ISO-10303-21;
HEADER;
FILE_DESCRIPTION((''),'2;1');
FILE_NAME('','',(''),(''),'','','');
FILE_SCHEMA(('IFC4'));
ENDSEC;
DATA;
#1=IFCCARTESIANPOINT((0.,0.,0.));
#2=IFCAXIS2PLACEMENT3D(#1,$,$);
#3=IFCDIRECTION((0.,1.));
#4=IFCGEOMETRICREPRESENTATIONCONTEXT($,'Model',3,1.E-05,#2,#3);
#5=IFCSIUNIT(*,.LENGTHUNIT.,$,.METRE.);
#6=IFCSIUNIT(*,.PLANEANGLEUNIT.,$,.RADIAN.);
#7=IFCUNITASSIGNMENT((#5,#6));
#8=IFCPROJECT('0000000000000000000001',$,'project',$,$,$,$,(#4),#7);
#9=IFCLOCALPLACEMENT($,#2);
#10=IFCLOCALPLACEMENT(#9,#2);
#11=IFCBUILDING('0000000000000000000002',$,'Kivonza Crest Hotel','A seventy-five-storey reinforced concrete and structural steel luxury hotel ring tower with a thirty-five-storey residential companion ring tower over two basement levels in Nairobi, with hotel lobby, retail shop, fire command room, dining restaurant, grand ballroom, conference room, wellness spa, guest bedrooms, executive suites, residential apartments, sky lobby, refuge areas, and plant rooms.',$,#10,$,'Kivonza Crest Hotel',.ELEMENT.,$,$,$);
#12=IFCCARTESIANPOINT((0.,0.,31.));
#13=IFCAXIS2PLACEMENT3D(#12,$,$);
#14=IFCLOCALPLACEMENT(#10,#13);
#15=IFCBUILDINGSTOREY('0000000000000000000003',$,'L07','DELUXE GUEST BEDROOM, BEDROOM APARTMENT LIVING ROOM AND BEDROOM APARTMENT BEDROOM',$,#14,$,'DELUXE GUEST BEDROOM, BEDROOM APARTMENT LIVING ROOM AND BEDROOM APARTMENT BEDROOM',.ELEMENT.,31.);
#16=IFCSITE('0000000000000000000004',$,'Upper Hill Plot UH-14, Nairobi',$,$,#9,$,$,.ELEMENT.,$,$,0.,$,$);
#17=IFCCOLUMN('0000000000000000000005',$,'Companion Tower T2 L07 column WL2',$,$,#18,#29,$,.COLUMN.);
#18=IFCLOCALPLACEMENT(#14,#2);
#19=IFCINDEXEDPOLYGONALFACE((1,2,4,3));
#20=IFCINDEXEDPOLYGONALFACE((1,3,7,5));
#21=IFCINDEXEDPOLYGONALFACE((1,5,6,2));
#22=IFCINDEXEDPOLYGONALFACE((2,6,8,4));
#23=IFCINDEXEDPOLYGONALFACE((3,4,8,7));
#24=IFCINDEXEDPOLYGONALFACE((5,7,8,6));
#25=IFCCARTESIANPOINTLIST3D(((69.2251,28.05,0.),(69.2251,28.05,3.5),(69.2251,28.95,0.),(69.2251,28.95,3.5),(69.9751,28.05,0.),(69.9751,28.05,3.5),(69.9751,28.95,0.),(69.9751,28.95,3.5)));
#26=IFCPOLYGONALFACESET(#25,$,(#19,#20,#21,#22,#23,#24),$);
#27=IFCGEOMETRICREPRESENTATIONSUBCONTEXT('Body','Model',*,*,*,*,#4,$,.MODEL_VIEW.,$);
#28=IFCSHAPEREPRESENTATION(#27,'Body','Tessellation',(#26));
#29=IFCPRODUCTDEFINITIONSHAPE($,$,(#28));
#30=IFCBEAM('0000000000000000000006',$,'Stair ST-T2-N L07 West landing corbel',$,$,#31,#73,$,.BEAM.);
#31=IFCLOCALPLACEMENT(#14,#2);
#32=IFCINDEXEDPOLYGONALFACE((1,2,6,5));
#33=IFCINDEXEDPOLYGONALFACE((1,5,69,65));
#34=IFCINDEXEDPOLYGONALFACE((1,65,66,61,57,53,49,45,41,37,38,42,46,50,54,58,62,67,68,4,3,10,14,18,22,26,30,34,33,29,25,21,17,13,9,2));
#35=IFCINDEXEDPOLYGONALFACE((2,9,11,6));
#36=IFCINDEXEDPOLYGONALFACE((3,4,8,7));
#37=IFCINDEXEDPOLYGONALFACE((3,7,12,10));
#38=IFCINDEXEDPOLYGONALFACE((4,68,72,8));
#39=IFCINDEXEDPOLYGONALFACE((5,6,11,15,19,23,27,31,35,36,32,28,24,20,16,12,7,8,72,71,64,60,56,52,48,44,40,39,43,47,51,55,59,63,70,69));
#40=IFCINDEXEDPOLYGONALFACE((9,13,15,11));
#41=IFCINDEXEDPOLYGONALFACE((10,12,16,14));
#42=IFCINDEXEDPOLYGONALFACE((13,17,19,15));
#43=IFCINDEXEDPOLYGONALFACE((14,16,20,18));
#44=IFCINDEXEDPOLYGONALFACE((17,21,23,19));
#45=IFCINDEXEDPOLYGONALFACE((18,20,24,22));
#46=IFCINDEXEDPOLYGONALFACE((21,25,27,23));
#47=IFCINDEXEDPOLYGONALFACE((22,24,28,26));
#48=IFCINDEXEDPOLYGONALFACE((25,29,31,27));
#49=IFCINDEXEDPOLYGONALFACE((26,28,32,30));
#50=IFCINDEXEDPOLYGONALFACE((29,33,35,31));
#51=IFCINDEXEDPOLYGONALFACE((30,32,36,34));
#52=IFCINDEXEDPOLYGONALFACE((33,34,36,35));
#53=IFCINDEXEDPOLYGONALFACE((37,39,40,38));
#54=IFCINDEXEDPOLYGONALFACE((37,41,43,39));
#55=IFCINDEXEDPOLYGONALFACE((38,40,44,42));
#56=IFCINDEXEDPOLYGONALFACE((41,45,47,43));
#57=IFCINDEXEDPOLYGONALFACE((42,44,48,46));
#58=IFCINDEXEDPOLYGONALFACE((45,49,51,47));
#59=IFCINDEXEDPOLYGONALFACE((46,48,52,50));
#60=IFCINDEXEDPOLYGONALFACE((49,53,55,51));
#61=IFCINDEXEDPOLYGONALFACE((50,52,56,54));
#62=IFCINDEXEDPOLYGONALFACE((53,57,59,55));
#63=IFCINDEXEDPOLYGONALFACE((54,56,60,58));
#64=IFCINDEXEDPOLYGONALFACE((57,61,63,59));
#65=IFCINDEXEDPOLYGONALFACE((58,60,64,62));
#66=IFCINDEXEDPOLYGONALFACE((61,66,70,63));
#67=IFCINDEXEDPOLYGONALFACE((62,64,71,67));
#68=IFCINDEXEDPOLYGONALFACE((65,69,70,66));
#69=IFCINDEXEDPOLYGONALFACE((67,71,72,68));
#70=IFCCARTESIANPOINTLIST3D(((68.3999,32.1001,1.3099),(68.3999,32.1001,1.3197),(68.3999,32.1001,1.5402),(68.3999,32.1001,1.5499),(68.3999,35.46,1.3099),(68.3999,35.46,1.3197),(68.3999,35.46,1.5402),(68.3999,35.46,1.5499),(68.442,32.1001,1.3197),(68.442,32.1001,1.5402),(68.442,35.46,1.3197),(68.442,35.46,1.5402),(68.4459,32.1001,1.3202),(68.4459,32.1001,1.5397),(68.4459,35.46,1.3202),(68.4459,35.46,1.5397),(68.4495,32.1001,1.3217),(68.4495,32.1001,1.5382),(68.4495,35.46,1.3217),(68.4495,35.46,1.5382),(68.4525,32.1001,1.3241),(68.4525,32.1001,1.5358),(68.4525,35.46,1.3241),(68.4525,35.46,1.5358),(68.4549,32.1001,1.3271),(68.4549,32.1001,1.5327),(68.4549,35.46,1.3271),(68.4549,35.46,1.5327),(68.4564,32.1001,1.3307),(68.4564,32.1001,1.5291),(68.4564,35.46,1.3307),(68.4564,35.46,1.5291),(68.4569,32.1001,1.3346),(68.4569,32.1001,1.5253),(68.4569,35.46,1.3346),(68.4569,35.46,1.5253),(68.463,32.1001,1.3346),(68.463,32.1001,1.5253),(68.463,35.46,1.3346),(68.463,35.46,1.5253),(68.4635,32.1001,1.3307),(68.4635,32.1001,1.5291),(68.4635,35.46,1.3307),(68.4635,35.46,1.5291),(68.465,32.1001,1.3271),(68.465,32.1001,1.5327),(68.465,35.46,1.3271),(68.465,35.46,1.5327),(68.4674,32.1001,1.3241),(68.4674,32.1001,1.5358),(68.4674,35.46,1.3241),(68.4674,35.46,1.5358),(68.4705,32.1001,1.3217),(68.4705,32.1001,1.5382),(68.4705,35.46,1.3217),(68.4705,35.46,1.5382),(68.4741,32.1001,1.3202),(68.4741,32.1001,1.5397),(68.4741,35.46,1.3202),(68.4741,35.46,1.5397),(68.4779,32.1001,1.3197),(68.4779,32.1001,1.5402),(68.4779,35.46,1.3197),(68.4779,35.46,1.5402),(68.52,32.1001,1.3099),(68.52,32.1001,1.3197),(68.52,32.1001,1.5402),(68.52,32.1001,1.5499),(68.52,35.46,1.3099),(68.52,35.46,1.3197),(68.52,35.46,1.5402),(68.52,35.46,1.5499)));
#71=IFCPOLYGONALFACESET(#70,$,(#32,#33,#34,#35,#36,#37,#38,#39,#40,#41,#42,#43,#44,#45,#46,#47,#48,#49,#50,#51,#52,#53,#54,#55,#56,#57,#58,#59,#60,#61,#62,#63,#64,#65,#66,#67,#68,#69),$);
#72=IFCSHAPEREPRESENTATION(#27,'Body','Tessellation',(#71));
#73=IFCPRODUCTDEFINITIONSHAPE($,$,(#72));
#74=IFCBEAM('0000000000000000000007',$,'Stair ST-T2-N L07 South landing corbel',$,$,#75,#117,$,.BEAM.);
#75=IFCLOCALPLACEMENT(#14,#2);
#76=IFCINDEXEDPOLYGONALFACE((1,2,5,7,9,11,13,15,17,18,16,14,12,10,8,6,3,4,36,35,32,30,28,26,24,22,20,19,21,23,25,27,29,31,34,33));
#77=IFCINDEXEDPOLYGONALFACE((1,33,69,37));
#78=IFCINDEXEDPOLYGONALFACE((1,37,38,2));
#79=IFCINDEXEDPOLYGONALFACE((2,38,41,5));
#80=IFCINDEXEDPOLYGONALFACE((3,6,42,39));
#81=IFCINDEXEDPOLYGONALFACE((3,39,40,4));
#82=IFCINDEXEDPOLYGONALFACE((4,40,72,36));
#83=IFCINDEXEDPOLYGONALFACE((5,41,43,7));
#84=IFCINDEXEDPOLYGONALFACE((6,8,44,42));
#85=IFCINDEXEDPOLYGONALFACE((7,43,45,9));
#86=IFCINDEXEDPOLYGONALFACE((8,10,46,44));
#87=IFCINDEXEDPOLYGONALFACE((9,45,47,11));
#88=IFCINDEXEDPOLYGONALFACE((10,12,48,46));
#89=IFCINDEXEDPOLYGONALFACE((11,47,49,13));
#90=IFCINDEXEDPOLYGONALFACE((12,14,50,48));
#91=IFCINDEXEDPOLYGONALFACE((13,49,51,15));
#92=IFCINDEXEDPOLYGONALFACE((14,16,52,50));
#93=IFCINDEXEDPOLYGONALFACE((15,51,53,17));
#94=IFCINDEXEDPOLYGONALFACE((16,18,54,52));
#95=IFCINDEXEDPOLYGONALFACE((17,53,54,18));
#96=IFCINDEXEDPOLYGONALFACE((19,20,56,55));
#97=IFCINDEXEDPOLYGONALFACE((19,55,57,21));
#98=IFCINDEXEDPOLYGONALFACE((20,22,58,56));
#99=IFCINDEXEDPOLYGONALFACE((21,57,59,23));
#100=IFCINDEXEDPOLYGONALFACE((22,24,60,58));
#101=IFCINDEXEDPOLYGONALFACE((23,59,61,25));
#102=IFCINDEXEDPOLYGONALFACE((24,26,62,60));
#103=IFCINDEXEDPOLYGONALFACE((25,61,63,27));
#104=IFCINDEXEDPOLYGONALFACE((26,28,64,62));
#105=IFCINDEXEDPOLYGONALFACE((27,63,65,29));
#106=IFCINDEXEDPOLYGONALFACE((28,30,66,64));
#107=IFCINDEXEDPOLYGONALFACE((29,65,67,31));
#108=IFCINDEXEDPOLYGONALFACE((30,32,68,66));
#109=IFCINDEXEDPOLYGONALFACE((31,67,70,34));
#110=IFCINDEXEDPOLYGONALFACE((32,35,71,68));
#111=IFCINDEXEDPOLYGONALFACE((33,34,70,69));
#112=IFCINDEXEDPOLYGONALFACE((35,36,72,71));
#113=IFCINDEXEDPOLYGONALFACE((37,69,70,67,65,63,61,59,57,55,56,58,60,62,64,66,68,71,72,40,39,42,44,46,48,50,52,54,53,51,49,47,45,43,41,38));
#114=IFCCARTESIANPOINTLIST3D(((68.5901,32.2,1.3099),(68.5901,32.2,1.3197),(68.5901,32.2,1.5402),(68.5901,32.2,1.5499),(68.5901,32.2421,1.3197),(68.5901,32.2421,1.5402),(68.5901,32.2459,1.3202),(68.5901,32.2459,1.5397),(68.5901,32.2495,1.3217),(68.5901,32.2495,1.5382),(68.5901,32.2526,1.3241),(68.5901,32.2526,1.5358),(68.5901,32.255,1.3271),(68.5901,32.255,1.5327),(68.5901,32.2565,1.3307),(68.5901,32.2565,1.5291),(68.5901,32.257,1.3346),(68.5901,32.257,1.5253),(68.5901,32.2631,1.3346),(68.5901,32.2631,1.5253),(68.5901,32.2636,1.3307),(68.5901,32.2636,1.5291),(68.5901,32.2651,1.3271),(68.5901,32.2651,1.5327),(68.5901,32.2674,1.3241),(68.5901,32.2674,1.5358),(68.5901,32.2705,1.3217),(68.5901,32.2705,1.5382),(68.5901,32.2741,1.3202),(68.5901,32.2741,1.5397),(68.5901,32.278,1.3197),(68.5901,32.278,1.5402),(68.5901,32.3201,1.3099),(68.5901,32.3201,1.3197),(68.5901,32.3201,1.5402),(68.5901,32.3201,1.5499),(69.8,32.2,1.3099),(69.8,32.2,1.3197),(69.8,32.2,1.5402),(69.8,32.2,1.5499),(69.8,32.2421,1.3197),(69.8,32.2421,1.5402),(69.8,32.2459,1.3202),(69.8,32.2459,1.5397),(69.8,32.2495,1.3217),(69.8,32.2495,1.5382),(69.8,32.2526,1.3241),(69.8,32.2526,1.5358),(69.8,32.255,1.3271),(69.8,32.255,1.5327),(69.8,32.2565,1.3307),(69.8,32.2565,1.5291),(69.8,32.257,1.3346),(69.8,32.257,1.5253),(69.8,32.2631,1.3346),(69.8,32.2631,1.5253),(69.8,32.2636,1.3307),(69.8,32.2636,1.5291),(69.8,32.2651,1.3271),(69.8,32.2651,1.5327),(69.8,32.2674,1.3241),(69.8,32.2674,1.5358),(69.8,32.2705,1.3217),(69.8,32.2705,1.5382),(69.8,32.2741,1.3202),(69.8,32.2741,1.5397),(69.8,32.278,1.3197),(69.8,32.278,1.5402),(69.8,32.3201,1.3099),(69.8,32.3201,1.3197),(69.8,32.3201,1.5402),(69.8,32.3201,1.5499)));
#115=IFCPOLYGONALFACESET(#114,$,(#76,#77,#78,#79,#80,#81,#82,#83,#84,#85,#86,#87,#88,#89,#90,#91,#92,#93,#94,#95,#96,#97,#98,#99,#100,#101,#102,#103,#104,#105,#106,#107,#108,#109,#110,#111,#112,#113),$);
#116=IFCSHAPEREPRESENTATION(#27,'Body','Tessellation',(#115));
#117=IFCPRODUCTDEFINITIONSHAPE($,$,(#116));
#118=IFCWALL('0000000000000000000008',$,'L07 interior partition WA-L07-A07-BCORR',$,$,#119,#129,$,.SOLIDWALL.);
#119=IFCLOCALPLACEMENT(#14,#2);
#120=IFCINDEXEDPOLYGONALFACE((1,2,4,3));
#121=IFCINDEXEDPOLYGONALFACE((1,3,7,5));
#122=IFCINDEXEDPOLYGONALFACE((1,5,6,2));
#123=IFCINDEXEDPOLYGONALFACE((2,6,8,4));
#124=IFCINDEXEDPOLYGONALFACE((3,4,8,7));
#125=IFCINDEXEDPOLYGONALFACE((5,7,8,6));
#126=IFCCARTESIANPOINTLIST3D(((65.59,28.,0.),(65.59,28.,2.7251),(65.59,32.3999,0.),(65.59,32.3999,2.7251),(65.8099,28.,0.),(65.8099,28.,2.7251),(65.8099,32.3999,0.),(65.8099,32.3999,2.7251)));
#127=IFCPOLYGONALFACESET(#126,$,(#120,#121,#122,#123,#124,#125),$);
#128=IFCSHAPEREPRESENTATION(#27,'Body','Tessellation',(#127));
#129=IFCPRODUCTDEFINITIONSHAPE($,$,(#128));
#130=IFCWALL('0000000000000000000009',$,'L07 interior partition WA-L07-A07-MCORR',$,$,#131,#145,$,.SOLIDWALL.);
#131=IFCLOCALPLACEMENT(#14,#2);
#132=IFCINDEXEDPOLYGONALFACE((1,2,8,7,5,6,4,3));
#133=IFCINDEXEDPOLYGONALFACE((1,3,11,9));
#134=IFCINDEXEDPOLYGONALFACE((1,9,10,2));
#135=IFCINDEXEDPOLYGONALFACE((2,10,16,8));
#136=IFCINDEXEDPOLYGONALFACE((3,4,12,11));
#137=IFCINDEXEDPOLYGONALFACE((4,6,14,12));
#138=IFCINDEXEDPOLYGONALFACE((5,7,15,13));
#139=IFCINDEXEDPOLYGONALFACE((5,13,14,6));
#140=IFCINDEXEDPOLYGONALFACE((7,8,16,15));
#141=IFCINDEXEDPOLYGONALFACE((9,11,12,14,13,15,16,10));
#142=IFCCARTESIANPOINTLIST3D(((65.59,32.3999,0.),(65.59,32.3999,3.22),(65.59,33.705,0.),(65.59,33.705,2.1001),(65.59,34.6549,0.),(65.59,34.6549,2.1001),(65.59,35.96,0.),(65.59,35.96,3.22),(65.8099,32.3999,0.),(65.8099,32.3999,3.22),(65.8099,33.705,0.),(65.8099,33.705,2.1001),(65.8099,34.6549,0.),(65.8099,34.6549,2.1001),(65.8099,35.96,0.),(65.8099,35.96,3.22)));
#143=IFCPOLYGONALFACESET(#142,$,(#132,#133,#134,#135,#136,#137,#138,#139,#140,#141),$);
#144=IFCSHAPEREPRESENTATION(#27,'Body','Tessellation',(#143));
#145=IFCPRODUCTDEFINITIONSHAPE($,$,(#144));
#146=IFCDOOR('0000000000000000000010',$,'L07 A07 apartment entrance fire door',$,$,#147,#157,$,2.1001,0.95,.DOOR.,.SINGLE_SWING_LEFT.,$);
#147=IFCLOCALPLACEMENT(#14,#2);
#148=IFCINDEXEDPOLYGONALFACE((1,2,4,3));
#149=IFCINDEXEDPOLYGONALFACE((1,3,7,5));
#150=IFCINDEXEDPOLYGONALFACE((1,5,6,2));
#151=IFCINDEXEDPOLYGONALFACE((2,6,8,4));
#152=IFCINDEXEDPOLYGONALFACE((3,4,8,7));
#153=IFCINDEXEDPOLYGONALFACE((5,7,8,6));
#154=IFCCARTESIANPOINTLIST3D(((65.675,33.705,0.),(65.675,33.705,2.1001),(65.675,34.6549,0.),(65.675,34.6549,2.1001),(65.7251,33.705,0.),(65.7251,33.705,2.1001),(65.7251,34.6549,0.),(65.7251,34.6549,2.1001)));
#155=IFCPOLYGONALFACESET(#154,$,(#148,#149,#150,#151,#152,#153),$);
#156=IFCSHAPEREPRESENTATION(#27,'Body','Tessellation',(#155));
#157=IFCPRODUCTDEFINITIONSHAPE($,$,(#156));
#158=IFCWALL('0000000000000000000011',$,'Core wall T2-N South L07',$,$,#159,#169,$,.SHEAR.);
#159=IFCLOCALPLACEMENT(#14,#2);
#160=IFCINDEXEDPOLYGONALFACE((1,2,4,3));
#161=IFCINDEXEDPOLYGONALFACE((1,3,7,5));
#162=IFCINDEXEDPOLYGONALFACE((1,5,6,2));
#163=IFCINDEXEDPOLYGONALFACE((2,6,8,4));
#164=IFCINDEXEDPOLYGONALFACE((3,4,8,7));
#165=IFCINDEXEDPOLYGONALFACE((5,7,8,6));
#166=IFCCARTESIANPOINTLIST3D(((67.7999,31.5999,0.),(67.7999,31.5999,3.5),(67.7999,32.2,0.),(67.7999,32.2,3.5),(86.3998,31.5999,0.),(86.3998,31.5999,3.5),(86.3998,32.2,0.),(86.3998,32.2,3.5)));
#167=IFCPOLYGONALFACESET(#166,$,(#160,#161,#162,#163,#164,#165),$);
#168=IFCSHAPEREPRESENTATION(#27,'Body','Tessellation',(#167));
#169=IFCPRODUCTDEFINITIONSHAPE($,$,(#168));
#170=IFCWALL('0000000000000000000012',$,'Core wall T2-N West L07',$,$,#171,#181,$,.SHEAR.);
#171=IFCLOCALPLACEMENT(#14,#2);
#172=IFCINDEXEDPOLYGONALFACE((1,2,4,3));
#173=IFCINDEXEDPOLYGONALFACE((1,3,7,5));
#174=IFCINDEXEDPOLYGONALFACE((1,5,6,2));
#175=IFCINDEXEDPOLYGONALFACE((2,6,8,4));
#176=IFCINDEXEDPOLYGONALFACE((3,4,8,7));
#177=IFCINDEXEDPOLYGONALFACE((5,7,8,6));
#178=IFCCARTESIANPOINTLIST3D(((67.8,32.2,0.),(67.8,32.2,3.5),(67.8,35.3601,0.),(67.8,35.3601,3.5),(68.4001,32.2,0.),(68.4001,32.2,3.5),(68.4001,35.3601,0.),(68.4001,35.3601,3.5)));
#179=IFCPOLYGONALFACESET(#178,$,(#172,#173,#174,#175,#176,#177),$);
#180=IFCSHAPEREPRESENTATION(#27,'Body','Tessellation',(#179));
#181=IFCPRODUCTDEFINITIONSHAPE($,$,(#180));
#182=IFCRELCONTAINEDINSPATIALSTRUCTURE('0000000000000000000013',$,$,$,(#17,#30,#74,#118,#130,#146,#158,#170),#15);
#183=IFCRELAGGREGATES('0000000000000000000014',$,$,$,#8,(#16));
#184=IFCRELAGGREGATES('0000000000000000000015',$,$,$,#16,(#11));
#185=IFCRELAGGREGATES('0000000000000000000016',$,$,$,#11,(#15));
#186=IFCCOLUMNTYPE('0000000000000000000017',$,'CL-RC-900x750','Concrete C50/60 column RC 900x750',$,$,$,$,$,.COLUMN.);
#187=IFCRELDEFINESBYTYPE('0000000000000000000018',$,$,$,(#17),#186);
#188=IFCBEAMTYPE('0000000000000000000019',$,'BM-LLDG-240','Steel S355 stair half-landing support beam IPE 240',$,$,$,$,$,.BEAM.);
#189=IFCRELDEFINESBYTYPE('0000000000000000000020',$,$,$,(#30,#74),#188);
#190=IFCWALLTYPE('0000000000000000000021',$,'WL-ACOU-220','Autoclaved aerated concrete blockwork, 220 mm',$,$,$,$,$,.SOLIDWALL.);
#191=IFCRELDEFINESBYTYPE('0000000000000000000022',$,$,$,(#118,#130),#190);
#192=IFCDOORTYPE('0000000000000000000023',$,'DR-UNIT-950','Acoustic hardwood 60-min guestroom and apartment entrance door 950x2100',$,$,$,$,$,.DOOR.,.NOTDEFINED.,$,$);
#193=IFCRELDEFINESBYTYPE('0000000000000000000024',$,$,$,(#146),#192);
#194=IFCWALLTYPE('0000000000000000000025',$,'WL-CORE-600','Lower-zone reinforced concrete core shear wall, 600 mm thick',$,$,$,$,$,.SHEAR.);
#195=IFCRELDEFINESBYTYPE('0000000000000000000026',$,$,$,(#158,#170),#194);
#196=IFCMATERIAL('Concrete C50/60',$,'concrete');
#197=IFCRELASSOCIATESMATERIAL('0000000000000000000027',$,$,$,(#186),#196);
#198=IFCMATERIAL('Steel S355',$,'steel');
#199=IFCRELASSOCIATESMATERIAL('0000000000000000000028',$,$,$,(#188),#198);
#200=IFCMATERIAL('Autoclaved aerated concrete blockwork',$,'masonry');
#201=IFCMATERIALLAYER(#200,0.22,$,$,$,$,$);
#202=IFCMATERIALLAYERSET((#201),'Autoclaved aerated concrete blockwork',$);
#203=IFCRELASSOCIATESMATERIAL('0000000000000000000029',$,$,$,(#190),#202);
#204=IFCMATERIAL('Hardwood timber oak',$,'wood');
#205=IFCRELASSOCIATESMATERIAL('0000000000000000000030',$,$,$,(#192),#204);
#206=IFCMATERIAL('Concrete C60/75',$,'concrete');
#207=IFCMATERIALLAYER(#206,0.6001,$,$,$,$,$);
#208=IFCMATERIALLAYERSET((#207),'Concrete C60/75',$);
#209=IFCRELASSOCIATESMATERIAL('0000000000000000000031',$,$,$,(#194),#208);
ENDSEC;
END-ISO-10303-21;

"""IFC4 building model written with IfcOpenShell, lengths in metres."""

from ifc_helpers import new_model, si_unit, direction, frame, frame_2d, origin, origin_2d, place, context, subcontext, project, spatial, rectangle, i_section, extrude, material, layer, layer_set, material_profile, profile_set, type_object, element, fill, save


model = new_model("IFC4")

# Units and contexts
model_context = context("Model", 3, precision=1e-05, world=origin(), true_north=direction((0.0, 1.0)))
body_context = subcontext(model_context, "Body", "Model", "MODEL_VIEW")
ifc_project = project(units=[si_unit("LENGTHUNIT", "METRE"), si_unit("PLANEANGLEUNIT", "RADIAN")], contexts=[model_context])

# Site, building, storey
site_placement = place(None, origin())
site = spatial("IfcSite", under=ifc_project, at=site_placement, Name="Upper Hill Plot UH-14, Nairobi", CompositionType="ELEMENT", RefElevation=0.0)
building_placement = place(site_placement, origin())
building = spatial("IfcBuilding", under=site, at=building_placement, Name="Kivonza Crest Hotel", Description="A seventy-five-storey reinforced concrete and structural steel luxury hotel ring tower with a thirty-five-storey residential companion ring tower over two basement levels in Nairobi, with hotel lobby, retail shop, fire command room, dining restaurant, grand ballroom, conference room, wellness spa, guest bedrooms, executive suites, residential apartments, sky lobby, refuge areas, and plant rooms.", LongName="Kivonza Crest Hotel", CompositionType="ELEMENT")
storey_placement = place(building_placement, frame((0.0, 0.0, 31.0)))
storey = spatial("IfcBuildingStorey", under=building, at=storey_placement, Name="L07", Description="DELUXE GUEST BEDROOM, BEDROOM APARTMENT LIVING ROOM AND BEDROOM APARTMENT BEDROOM", LongName="DELUXE GUEST BEDROOM, BEDROOM APARTMENT LIVING ROOM AND BEDROOM APARTMENT BEDROOM", CompositionType="ELEMENT", Elevation=31.0)

# Column
ifc_material_1 = material(Name="Concrete C50/60", Category="concrete")
ifc_material_profile_1 = material_profile(ifc_material_1, rectangle(XDim=0.75, YDim=0.8999, at=origin_2d()), Name="RC 900x750")
ifc_profile_set_1 = profile_set([ifc_material_profile_1], Name="Concrete C50/60")
column_type = type_object("IfcColumnType", Name="CL-RC-900x750", Description="Concrete C50/60 column RC 900x750", PredefinedType="COLUMN", material=ifc_profile_set_1)
column_placement = place(storey_placement, frame((69.6001, 28.5, 0.0), z_axis=(0.0, 0.0, 1.0), x_axis=(1.0, 0.0, 0.0)))
element("IfcColumn", 1, at=column_placement, inside=storey, type_object=column_type, Name="Companion Tower T2 L07 column WL2", PredefinedType="COLUMN", context=body_context, shape_type="SweptSolid", body=[
    extrude(rectangle(XDim=0.75, YDim=0.8999, at=origin_2d()), origin(), (0.0, 0.0, 1.0), 3.5),
])

# Beams
ifc_material_2 = material(Name="Steel S355", Category="steel")
ifc_material_profile_2 = material_profile(ifc_material_2, i_section(OverallWidth=0.1201, OverallDepth=0.24, WebThickness=0.0061, FlangeThickness=0.0098, FilletRadius=0.0149, at=origin_2d()), Name="IPE 240")
ifc_profile_set_2 = profile_set([ifc_material_profile_2], Name="Steel S355")
beam_type = type_object("IfcBeamType", Name="BM-LLDG-240", Description="Steel S355 stair half-landing support beam IPE 240", PredefinedType="BEAM", material=ifc_profile_set_2)
beam_1_placement = place(storey_placement, frame((68.46, 32.1001, 1.4299), z_axis=(0.0, 1.0, 0.0), x_axis=(-1.0, 0.0, 0.0)))
element("IfcBeam", 2, at=beam_1_placement, inside=storey, type_object=beam_type, Name="Stair ST-T2-N L07 West landing corbel", PredefinedType="BEAM", context=body_context, shape_type="SweptSolid", body=[
    extrude(i_section(OverallWidth=0.1201, OverallDepth=0.24, WebThickness=0.0061, FlangeThickness=0.0098, FilletRadius=0.0149, at=origin_2d()), origin(), (0.0, 0.0, 1.0), 3.3599),
])
beam_2_placement = place(storey_placement, frame((68.5901, 32.26, 1.4299), z_axis=(1.0, 0.0, 0.0), x_axis=(0.0, 1.0, 0.0)))
element("IfcBeam", 3, at=beam_2_placement, inside=storey, type_object=beam_type, Name="Stair ST-T2-N L07 South landing corbel", PredefinedType="BEAM", context=body_context, shape_type="SweptSolid", body=[
    extrude(i_section(OverallWidth=0.1201, OverallDepth=0.24, WebThickness=0.0061, FlangeThickness=0.0098, FilletRadius=0.0149, at=origin_2d()), origin(), (0.0, 0.0, 1.0), 1.21),
])

# Wall
ifc_material_3 = material(Name="Autoclaved aerated concrete blockwork", Category="masonry")
ifc_layer_1 = layer(ifc_material_3, 0.22)
ifc_layer_set_1 = layer_set([ifc_layer_1], Name="Autoclaved aerated concrete blockwork")
wall_type_1 = type_object("IfcWallType", Name="WL-ACOU-220", Description="Autoclaved aerated concrete blockwork, 220 mm", PredefinedType="SOLIDWALL", material=ifc_layer_set_1)
wall_1_placement = place(storey_placement, frame((65.7, 28.0, 0.0), z_axis=(0.0, 0.0, 1.0), x_axis=(0.0, 1.0, 0.0)))
element("IfcWall", 4, at=wall_1_placement, inside=storey, type_object=wall_type_1, Name="L07 interior partition WA-L07-A07-BCORR", PredefinedType="SOLIDWALL", context=body_context, shape_type="SweptSolid", body=[
    extrude(rectangle(XDim=4.3999, YDim=0.22, at=frame_2d((2.2, 0.0))), origin(), (0.0, 0.0, 1.0), 2.7251),
])

# Wall, opening, door
wall_2_placement = place(storey_placement, frame((65.7, 32.3999, 0.0), z_axis=(0.0, 0.0, 1.0), x_axis=(0.0, 1.0, 0.0)))
wall_2 = element("IfcWall", 5, at=wall_2_placement, inside=storey, type_object=wall_type_1, Name="L07 interior partition WA-L07-A07-MCORR", PredefinedType="SOLIDWALL", context=body_context, shape_type="SweptSolid", body=[
    extrude(rectangle(XDim=3.5601, YDim=0.22, at=frame_2d((1.78, 0.0))), origin(), (0.0, 0.0, 1.0), 3.22),
])
opening_1_placement = place(wall_2_placement, frame((1.3049, 0.0, 0.0)))
opening_1 = element("IfcOpeningElement", 6, at=opening_1_placement, cuts=wall_2, PredefinedType="OPENING", context=body_context, shape_type="SweptSolid", body=[
    extrude(rectangle(XDim=0.95, YDim=2.1001, at=frame_2d((0.4751, 1.05))), frame((0.0, 0.1201, 0.0), z_axis=(0.0, -1.0, 0.0), x_axis=(1.0, 0.0, 0.0)), (0.0, 0.0, 1.0), 0.24),
])
ifc_material_4 = material(Name="Hardwood timber oak", Category="wood")
door_type_1 = type_object("IfcDoorType", Name="DR-UNIT-950", Description="Acoustic hardwood 60-min guestroom and apartment entrance door 950x2100", OperationType="NOTDEFINED", PredefinedType="DOOR", material=ifc_material_4)
door_1_placement = place(opening_1_placement, origin())
door_1 = element("IfcDoor", 7, at=door_1_placement, inside=storey, type_object=door_type_1, Name="L07 A07 apartment entrance fire door", OperationType="SINGLE_SWING_LEFT", OverallHeight=2.1001, OverallWidth=0.95, PredefinedType="DOOR", context=body_context, shape_type="SweptSolid", body=[
    extrude(rectangle(XDim=0.95, YDim=2.1001, at=frame_2d((0.4751, 1.05))), frame((0.0, 0.0249, 0.0), z_axis=(0.0, -1.0, 0.0), x_axis=(1.0, 0.0, 0.0)), (0.0, 0.0, 1.0), 0.05),
])
fill(opening_1, door_1)

# Walls
ifc_material_5 = material(Name="Concrete C60/75", Category="concrete")
ifc_layer_2 = layer(ifc_material_5, 0.6001)
ifc_layer_set_2 = layer_set([ifc_layer_2], Name="Concrete C60/75")
wall_type_2 = type_object("IfcWallType", Name="WL-CORE-600", Description="Lower-zone reinforced concrete core shear wall, 600 mm thick", PredefinedType="SHEAR", material=ifc_layer_set_2)
wall_3_placement = place(storey_placement, frame((67.8, 31.8999, 0.0), z_axis=(0.0, 0.0, 1.0), x_axis=(1.0, 0.0, 0.0)))
element("IfcWall", 8, at=wall_3_placement, inside=storey, type_object=wall_type_2, Name="Core wall T2-N South L07", PredefinedType="SHEAR", context=body_context, shape_type="SweptSolid", body=[
    extrude(rectangle(XDim=18.5999, YDim=0.6001, at=frame_2d((9.2998, 0.0))), origin(), (0.0, 0.0, 1.0), 3.5),
])
wall_4_placement = place(storey_placement, frame((68.1001, 32.2, 0.0), z_axis=(0.0, 0.0, 1.0), x_axis=(0.0, 1.0, 0.0)))
element("IfcWall", 9, at=wall_4_placement, inside=storey, type_object=wall_type_2, Name="Core wall T2-N West L07", PredefinedType="SHEAR", context=body_context, shape_type="SweptSolid", body=[
    extrude(rectangle(XDim=3.1602, YDim=0.6001, at=frame_2d((1.5801, 0.0))), origin(), (0.0, 0.0, 1.0), 3.5),
])

save(model, "model.ifc")
